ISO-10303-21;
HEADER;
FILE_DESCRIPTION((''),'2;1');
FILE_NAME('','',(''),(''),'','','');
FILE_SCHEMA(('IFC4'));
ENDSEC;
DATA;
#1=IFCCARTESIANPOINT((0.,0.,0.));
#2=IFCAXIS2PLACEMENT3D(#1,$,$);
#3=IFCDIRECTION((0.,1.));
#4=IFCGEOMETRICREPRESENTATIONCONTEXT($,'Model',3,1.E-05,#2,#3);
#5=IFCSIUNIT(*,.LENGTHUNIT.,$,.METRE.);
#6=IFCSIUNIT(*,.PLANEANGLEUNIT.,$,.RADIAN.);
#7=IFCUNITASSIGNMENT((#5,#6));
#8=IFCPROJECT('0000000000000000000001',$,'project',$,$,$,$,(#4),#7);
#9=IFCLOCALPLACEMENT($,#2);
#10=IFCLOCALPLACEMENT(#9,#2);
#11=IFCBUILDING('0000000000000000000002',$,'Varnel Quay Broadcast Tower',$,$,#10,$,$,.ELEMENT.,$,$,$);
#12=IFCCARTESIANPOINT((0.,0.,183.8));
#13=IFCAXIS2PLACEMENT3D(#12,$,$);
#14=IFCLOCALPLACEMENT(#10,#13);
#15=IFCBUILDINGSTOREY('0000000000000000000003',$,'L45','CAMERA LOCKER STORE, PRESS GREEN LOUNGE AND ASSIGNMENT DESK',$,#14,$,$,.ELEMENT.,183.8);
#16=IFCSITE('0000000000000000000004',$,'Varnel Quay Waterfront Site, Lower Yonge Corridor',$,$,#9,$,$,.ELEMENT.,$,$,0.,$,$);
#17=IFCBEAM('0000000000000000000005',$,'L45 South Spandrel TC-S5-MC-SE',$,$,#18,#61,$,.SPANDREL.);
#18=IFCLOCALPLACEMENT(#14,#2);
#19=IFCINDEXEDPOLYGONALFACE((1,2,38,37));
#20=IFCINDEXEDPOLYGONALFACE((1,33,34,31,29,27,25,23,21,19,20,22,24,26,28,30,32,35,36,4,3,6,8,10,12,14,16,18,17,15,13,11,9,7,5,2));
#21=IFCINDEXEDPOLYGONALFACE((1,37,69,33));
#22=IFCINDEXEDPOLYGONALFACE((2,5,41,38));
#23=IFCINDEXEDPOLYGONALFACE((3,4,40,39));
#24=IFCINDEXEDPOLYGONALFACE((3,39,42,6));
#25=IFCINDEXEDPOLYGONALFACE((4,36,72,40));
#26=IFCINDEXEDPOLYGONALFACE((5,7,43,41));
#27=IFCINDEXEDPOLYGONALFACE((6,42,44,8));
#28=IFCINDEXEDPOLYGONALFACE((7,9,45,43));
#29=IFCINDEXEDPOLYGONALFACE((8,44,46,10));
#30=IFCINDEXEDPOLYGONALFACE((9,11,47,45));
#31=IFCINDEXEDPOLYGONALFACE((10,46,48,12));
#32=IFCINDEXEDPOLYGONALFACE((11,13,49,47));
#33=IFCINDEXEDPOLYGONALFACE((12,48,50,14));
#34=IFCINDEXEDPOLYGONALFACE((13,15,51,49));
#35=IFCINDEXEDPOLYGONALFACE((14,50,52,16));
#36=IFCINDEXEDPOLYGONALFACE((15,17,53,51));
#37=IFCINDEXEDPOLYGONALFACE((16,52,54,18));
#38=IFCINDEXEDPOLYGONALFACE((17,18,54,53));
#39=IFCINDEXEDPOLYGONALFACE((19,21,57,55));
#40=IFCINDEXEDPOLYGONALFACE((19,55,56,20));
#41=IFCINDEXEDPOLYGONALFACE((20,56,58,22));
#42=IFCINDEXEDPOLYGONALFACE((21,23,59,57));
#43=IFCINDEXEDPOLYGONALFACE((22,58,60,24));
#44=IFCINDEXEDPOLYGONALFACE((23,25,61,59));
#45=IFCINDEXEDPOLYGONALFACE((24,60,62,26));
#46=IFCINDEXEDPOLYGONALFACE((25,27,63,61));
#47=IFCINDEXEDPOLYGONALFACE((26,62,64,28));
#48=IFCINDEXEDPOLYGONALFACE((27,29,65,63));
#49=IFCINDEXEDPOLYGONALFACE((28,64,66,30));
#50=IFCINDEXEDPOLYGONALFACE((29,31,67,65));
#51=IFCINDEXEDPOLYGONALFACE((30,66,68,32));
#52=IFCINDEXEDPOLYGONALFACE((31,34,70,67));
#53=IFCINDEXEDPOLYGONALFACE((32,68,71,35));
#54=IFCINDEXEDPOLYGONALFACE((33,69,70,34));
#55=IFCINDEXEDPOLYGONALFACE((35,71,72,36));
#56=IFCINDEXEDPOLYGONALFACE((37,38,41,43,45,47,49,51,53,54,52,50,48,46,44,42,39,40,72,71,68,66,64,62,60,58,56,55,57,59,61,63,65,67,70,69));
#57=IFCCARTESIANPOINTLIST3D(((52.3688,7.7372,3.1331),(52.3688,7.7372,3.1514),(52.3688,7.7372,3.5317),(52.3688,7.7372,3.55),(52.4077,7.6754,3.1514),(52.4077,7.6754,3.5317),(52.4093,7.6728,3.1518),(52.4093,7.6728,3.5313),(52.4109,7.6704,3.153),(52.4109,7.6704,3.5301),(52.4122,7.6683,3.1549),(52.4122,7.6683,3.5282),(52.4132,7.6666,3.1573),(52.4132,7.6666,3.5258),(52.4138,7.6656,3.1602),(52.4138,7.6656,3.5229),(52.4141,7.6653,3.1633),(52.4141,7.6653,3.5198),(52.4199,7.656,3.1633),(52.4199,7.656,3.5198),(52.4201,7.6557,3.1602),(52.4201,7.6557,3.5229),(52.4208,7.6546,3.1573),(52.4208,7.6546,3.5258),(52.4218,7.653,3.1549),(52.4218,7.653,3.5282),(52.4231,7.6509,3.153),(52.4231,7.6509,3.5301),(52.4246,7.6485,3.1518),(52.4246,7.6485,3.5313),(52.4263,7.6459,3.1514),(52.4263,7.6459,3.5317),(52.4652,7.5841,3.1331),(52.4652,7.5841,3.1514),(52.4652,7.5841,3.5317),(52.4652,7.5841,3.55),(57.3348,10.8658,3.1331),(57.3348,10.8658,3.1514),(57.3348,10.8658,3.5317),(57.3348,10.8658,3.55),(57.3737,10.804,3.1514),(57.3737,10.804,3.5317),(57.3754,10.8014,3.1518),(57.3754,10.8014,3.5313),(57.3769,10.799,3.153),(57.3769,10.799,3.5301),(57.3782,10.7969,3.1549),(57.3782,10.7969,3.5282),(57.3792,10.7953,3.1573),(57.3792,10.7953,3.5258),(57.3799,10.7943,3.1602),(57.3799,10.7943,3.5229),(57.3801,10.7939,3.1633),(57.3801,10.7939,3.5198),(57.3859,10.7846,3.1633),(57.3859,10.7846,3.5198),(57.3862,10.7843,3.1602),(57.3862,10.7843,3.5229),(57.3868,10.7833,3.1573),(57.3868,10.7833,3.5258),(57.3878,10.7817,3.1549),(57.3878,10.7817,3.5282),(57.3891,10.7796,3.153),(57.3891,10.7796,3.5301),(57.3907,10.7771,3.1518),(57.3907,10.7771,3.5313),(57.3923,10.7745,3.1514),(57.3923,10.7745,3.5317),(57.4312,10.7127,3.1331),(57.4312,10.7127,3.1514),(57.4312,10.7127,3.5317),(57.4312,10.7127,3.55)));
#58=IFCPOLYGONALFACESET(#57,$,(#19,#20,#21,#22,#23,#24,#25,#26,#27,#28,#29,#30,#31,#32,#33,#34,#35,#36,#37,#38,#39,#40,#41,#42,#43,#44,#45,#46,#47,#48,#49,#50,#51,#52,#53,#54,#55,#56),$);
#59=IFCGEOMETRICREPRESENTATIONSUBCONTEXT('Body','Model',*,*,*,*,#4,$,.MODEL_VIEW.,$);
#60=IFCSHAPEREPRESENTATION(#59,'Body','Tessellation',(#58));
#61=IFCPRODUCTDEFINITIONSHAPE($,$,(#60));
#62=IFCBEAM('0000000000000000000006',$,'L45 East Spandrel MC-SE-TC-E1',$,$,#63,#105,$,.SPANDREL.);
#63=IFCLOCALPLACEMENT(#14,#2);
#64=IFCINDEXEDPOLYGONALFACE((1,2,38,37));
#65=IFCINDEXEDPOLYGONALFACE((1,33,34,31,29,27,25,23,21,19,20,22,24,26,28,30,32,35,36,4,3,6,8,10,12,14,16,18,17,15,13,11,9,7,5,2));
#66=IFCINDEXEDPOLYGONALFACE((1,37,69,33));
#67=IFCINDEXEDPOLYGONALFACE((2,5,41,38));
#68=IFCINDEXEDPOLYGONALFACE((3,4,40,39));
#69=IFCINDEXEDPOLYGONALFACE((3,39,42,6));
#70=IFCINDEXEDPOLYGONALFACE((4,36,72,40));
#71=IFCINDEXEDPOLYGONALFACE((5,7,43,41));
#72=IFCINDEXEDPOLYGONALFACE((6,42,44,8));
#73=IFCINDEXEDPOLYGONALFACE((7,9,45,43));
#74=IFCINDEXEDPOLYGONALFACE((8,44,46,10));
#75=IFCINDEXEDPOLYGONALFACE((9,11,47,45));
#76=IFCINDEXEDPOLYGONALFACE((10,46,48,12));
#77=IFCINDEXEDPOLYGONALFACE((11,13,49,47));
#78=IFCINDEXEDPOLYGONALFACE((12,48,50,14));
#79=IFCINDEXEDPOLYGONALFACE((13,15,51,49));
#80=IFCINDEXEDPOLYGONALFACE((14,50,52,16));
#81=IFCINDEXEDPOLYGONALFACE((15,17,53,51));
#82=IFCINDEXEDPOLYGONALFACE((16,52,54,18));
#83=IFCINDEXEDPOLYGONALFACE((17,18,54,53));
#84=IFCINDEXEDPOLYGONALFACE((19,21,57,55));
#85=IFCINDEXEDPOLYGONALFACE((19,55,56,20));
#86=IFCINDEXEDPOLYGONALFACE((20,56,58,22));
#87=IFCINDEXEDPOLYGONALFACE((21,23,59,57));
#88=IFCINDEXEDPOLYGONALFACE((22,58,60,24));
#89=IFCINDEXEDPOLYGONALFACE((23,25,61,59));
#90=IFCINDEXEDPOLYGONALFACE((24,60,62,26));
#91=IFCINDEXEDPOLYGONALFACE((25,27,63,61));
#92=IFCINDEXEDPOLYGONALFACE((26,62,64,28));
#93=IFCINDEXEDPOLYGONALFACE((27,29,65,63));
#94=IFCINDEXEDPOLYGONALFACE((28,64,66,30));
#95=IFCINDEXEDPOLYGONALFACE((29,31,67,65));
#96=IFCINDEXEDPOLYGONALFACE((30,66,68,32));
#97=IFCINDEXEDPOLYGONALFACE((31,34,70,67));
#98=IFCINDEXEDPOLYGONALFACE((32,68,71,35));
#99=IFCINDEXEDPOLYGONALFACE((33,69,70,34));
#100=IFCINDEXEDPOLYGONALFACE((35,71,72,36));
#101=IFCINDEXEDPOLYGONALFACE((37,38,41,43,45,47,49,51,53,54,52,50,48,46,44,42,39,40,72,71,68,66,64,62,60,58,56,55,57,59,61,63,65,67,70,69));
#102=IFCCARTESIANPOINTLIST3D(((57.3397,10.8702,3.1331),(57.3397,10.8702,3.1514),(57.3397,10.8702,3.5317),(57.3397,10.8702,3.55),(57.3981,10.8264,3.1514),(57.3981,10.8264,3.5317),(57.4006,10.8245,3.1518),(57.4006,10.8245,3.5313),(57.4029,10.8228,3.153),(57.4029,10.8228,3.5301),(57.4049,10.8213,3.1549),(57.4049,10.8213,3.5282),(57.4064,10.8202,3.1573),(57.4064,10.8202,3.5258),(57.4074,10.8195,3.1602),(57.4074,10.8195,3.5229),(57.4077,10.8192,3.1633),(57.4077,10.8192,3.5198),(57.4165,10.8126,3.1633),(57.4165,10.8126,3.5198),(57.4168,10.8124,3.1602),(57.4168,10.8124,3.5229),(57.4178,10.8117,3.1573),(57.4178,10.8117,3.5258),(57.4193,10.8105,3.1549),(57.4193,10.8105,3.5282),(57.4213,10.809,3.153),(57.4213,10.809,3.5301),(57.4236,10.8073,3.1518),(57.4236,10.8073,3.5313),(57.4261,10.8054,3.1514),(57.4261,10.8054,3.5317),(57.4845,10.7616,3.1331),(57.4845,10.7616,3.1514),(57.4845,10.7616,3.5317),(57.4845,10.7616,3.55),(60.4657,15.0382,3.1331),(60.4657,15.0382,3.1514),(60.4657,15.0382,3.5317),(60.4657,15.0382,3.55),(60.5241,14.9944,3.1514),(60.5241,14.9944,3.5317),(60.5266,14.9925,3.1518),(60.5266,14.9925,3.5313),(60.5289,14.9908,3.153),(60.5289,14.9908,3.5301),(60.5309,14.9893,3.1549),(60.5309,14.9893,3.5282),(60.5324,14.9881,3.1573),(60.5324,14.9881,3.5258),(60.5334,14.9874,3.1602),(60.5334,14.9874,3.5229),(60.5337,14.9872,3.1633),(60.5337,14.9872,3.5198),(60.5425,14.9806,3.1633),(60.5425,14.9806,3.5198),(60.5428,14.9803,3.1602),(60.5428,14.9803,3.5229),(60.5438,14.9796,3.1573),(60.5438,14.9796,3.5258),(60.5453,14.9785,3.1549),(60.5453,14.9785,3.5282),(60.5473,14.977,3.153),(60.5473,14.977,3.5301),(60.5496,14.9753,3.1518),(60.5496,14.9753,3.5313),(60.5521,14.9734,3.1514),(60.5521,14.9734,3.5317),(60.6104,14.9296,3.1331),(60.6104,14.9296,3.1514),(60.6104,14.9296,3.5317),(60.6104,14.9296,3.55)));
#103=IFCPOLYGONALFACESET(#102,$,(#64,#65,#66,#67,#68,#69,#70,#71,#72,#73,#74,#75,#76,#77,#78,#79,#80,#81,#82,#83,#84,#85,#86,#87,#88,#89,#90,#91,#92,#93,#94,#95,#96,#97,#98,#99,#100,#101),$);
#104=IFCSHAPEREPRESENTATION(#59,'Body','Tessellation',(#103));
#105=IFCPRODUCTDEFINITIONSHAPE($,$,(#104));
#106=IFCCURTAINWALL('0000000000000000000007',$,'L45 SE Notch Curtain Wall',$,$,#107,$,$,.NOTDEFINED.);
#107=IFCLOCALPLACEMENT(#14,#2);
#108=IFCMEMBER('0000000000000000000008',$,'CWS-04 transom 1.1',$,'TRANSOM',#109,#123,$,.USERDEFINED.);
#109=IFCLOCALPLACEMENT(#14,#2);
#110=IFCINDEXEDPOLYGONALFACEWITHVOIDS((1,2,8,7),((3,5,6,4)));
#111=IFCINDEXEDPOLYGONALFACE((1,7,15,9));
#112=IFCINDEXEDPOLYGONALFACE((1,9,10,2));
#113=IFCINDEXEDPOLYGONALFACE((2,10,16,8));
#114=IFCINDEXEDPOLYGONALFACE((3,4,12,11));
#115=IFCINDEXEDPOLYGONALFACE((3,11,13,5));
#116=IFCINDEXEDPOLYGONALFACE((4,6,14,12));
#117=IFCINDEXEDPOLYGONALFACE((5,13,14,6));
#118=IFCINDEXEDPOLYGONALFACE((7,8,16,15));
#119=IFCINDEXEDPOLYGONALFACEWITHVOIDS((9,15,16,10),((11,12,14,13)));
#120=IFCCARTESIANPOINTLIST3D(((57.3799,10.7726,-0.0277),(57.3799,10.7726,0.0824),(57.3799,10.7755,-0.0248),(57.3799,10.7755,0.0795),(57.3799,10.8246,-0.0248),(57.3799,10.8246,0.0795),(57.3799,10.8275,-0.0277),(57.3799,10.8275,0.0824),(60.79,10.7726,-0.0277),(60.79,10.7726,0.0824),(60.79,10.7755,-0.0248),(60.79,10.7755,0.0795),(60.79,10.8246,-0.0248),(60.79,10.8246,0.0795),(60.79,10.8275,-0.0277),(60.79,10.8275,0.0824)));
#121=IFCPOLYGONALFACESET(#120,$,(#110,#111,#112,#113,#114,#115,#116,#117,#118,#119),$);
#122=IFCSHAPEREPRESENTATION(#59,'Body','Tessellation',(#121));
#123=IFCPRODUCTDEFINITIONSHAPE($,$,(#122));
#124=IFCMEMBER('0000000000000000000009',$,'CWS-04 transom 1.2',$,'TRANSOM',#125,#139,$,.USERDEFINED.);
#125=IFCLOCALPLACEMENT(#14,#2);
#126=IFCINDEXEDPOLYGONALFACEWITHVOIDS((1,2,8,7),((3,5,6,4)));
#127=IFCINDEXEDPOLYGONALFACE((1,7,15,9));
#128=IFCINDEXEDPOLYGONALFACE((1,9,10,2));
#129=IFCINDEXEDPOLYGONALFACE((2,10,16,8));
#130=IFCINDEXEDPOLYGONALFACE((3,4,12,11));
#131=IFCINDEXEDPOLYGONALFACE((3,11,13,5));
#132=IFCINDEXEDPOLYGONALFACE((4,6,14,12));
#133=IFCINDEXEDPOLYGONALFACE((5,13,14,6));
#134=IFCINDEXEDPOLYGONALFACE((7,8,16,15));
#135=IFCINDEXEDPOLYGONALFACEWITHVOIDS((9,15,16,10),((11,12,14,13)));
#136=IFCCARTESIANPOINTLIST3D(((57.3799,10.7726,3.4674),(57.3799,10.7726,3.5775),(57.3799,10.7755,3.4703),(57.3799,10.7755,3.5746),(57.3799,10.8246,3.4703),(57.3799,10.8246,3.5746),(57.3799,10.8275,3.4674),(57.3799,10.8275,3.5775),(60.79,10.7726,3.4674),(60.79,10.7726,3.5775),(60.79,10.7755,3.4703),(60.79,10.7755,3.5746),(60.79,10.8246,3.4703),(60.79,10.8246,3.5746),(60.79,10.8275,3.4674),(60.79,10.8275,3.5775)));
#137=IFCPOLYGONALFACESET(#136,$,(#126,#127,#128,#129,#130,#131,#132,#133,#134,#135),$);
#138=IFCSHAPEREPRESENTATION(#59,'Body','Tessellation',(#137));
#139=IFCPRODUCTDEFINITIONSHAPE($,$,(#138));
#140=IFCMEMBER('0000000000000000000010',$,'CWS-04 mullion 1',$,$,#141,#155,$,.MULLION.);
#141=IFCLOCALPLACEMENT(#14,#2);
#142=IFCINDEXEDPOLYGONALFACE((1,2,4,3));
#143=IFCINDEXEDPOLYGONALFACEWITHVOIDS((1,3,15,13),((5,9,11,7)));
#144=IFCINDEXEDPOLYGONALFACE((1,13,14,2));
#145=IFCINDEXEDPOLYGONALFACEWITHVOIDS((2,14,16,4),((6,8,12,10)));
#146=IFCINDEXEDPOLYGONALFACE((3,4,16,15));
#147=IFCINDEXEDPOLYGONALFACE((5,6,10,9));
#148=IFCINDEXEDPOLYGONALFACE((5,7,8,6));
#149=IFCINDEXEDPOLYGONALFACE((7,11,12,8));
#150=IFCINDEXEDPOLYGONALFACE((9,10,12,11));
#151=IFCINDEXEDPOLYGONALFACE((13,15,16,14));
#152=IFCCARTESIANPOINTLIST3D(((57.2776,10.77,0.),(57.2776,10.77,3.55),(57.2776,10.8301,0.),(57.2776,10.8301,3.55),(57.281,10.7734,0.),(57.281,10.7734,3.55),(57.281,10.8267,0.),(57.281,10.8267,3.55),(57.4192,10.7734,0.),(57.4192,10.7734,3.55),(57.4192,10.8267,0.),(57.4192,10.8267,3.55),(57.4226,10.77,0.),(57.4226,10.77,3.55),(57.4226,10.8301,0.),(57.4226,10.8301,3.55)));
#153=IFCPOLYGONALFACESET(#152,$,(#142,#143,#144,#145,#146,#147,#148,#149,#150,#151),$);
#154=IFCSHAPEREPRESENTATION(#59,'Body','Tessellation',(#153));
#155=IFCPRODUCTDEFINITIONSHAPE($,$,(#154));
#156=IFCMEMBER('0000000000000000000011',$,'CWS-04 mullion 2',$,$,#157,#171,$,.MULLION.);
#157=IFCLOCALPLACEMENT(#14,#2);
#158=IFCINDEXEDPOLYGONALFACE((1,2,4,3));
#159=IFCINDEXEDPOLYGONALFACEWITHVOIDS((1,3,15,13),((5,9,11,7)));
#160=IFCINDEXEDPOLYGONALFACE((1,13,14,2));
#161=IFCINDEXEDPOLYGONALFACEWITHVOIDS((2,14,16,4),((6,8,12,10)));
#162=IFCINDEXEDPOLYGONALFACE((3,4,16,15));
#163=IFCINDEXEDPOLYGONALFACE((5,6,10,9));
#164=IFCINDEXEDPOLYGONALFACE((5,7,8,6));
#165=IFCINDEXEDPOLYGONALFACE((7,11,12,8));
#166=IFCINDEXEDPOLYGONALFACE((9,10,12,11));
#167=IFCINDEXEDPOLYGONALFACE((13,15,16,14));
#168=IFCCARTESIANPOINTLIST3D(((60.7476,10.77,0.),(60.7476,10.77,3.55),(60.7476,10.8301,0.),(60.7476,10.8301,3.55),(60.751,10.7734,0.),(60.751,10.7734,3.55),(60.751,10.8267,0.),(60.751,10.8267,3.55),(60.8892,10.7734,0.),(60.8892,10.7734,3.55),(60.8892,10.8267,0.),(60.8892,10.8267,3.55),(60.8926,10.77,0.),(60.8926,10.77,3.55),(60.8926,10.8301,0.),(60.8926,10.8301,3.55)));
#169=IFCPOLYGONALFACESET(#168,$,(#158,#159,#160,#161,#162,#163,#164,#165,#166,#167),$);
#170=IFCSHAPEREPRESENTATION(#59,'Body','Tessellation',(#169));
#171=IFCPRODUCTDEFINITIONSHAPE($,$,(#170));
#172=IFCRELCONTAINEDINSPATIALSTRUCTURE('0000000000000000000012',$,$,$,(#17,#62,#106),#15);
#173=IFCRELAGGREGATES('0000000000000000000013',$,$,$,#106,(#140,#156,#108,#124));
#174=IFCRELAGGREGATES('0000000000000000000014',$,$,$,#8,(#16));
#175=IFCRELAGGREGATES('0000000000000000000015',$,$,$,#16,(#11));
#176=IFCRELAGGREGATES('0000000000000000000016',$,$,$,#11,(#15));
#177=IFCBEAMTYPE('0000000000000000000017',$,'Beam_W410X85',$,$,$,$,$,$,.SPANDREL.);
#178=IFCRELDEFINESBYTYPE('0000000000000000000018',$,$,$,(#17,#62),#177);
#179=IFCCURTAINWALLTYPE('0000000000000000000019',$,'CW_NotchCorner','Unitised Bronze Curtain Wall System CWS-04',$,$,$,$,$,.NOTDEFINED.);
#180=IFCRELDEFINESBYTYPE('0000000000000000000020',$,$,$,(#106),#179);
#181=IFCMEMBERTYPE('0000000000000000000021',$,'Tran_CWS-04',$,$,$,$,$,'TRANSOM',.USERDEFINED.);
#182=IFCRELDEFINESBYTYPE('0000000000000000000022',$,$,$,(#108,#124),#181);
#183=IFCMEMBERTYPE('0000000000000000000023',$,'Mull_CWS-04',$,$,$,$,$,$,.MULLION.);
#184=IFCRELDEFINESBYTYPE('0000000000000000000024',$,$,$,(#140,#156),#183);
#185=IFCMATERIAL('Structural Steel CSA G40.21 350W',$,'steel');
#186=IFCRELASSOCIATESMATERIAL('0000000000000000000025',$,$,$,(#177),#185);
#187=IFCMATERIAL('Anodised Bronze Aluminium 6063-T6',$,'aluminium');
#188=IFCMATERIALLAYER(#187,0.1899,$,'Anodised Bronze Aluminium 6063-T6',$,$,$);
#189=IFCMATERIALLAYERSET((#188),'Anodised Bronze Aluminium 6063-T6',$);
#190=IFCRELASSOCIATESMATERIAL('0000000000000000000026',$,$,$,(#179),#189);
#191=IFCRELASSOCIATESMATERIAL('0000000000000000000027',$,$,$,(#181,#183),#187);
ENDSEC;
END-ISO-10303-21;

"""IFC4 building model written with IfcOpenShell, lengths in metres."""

from ifc_helpers import new_model, si_unit, direction, frame, origin, origin_2d, place, context, subcontext, project, spatial, hollow_rectangle, i_section, extrude, source, transform, mapped, material, layer, layer_set, material_profile, profile_set, type_object, type_shapes, element, aggregate, save


model = new_model("IFC4")

# Units and contexts
model_context = context("Model", 3, precision=1e-05, world=origin(), true_north=direction((0.0, 1.0)))
body_context = subcontext(model_context, "Body", "Model", "MODEL_VIEW")
ifc_project = project(units=[si_unit("LENGTHUNIT", "METRE"), si_unit("PLANEANGLEUNIT", "RADIAN")], contexts=[model_context])

# Site, building, storey
site_placement = place(None, origin())
site = spatial("IfcSite", under=ifc_project, at=site_placement, Name="Varnel Quay Waterfront Site, Lower Yonge Corridor", CompositionType="ELEMENT", RefElevation=0.0)
building_placement = place(site_placement, origin())
building = spatial("IfcBuilding", under=site, at=building_placement, Name="Varnel Quay Broadcast Tower", CompositionType="ELEMENT")
storey_placement = place(building_placement, frame((0.0, 0.0, 183.8)))
storey = spatial("IfcBuildingStorey", under=building, at=storey_placement, Name="L45", Description="CAMERA LOCKER STORE, PRESS GREEN LOUNGE AND ASSIGNMENT DESK", CompositionType="ELEMENT", Elevation=183.8)

# Shared definitions
ifc_material_1 = material(Name="Structural Steel CSA G40.21 350W", Category="steel")

# Beams
ifc_material_profile_1 = material_profile(ifc_material_1, i_section(OverallWidth=0.1809, OverallDepth=0.417, WebThickness=0.011, FlangeThickness=0.0183, FilletRadius=0.012, at=origin_2d()), Name="W410X85")
ifc_profile_set_1 = profile_set([ifc_material_profile_1], Name="Structural Steel CSA G40.21 350W")
beam_type = type_object("IfcBeamType", Name="Beam_W410X85", PredefinedType="SPANDREL", material=ifc_profile_set_1)
shared_shape_1 = source(origin(), body_context, "Body", "SweptSolid", [
    extrude(i_section(OverallWidth=0.1809, OverallDepth=0.417, WebThickness=0.011, FlangeThickness=0.0183, FilletRadius=0.012, at=origin_2d()), origin(), (0.0, 0.0, 1.0), 5.8694),
])
beam_1_placement = place(storey_placement, frame((52.417, 7.6606, 3.3416), z_axis=(0.846088, 0.533043, 0.0), x_axis=(-0.533043, 0.846088, 0.0)))
element("IfcBeam", 1, at=beam_1_placement, inside=storey, type_object=beam_type, Name="L45 South Spandrel TC-S5-MC-SE", PredefinedType="SPANDREL", context=body_context, shape_type="MappedRepresentation", body=[
    mapped(shared_shape_1, transform((0.0, 0.0, 0.0), x_axis=(1.0, 0.0, 0.0), y_axis=(0.0, 1.0, 0.0), z_axis=(0.0, 0.0, 1.0), scale=1.0)),
])
shared_shape_2 = source(origin(), body_context, "Body", "SweptSolid", [
    extrude(i_section(OverallWidth=0.1809, OverallDepth=0.417, WebThickness=0.011, FlangeThickness=0.0183, FilletRadius=0.012, at=origin_2d()), origin(), (0.0, 0.0, 1.0), 5.21),
])
beam_2_placement = place(storey_placement, frame((57.4121, 10.8159, 3.3416), z_axis=(0.6, 0.8, 0.0), x_axis=(-0.8, 0.6, 0.0)))
element("IfcBeam", 2, at=beam_2_placement, inside=storey, type_object=beam_type, Name="L45 East Spandrel MC-SE-TC-E1", PredefinedType="SPANDREL", context=body_context, shape_type="MappedRepresentation", body=[
    mapped(shared_shape_2, transform((0.0, 0.0, 0.0), x_axis=(1.0, 0.0, 0.0), y_axis=(0.0, 1.0, 0.0), z_axis=(0.0, 0.0, 1.0), scale=1.0)),
])

# Curtain wall, members
ifc_material_2 = material(Name="Anodised Bronze Aluminium 6063-T6", Category="aluminium")
ifc_layer_1 = layer(ifc_material_2, 0.1899, Name="Anodised Bronze Aluminium 6063-T6")
ifc_layer_set_1 = layer_set([ifc_layer_1], Name="Anodised Bronze Aluminium 6063-T6")
curtain_wall_type_1 = type_object("IfcCurtainWallType", Name="CW_NotchCorner", Description="Unitised Bronze Curtain Wall System CWS-04", PredefinedType="NOTDEFINED", material=ifc_layer_set_1)
curtain_wall_1_placement = place(storey_placement, origin())
curtain_wall_1 = element("IfcCurtainWall", 3, at=curtain_wall_1_placement, inside=storey, type_object=curtain_wall_type_1, Name="L45 SE Notch Curtain Wall", PredefinedType="NOTDEFINED")
ifc_material_profile_2 = material_profile(ifc_material_2, hollow_rectangle(XDim=0.0549, YDim=0.1101, WallThickness=0.0029, at=origin_2d()), Name="ALU55X110X3")
ifc_profile_set_2 = profile_set([ifc_material_profile_2], Name="Anodised Bronze Aluminium 6063-T6")
member_type_1 = type_object("IfcMemberType", Name="Tran_CWS-04", ElementType="TRANSOM", PredefinedType="USERDEFINED", material=ifc_profile_set_2)
shared_shape_3 = source(origin(), body_context, "Body", "SweptSolid", [
    extrude(hollow_rectangle(XDim=0.0549, YDim=0.1101, WallThickness=0.0029, at=origin_2d()), origin(), (0.0, 0.0, 1.0), 3.4102),
])
type_shapes(member_type_1, [shared_shape_3])
member_1_placement = place(storey_placement, frame((57.3799, 10.8, 0.0273), z_axis=(1.0, 0.0, 0.0), x_axis=(0.0, 1.0, 0.0)))
member_1 = element("IfcMember", 4, at=member_1_placement, type_object=member_type_1, Name="CWS-04 transom 1.1", ObjectType="TRANSOM", PredefinedType="USERDEFINED", context=body_context, shape_type="MappedRepresentation", body=[
    mapped(shared_shape_3, transform((0.0, 0.0, 0.0), x_axis=(1.0, 0.0, 0.0), y_axis=(0.0, 1.0, 0.0), z_axis=(0.0, 0.0, 1.0), scale=1.0)),
])
member_2_placement = place(storey_placement, frame((57.3799, 10.8, 3.5225), z_axis=(1.0, 0.0, 0.0), x_axis=(0.0, 1.0, 0.0)))
member_2 = element("IfcMember", 5, at=member_2_placement, type_object=member_type_1, Name="CWS-04 transom 1.2", ObjectType="TRANSOM", PredefinedType="USERDEFINED", context=body_context, shape_type="MappedRepresentation", body=[
    mapped(shared_shape_3, transform((0.0, 0.0, 0.0), x_axis=(1.0, 0.0, 0.0), y_axis=(0.0, 1.0, 0.0), z_axis=(0.0, 0.0, 1.0), scale=1.0)),
])
ifc_material_profile_3 = material_profile(ifc_material_2, hollow_rectangle(XDim=0.0601, YDim=0.145, WallThickness=0.0034, at=origin_2d()), Name="ALU60X145X3.5")
ifc_profile_set_3 = profile_set([ifc_material_profile_3], Name="Anodised Bronze Aluminium 6063-T6")
member_type_2 = type_object("IfcMemberType", Name="Mull_CWS-04", PredefinedType="MULLION", material=ifc_profile_set_3)
shared_shape_4 = source(origin(), body_context, "Body", "SweptSolid", [
    extrude(hollow_rectangle(XDim=0.0601, YDim=0.145, WallThickness=0.0034, at=origin_2d()), origin(), (0.0, 0.0, 1.0), 3.55),
])
type_shapes(member_type_2, [shared_shape_4])
member_3_placement = place(storey_placement, frame((57.3501, 10.8, 0.0), z_axis=(0.0, 0.0, 1.0), x_axis=(0.0, 1.0, 0.0)))
member_3 = element("IfcMember", 6, at=member_3_placement, type_object=member_type_2, Name="CWS-04 mullion 1", PredefinedType="MULLION", context=body_context, shape_type="MappedRepresentation", body=[
    mapped(shared_shape_4, transform((0.0, 0.0, 0.0), x_axis=(1.0, 0.0, 0.0), y_axis=(0.0, 1.0, 0.0), z_axis=(0.0, 0.0, 1.0), scale=1.0)),
])
member_4_placement = place(storey_placement, frame((60.8201, 10.8, 0.0), z_axis=(0.0, 0.0, 1.0), x_axis=(0.0, 1.0, 0.0)))
member_4 = element("IfcMember", 7, at=member_4_placement, type_object=member_type_2, Name="CWS-04 mullion 2", PredefinedType="MULLION", context=body_context, shape_type="MappedRepresentation", body=[
    mapped(shared_shape_4, transform((0.0, 0.0, 0.0), x_axis=(1.0, 0.0, 0.0), y_axis=(0.0, 1.0, 0.0), z_axis=(0.0, 0.0, 1.0), scale=1.0)),
])

aggregate(curtain_wall_1, [member_3, member_4, member_1, member_2])

save(model, "model.ifc")
